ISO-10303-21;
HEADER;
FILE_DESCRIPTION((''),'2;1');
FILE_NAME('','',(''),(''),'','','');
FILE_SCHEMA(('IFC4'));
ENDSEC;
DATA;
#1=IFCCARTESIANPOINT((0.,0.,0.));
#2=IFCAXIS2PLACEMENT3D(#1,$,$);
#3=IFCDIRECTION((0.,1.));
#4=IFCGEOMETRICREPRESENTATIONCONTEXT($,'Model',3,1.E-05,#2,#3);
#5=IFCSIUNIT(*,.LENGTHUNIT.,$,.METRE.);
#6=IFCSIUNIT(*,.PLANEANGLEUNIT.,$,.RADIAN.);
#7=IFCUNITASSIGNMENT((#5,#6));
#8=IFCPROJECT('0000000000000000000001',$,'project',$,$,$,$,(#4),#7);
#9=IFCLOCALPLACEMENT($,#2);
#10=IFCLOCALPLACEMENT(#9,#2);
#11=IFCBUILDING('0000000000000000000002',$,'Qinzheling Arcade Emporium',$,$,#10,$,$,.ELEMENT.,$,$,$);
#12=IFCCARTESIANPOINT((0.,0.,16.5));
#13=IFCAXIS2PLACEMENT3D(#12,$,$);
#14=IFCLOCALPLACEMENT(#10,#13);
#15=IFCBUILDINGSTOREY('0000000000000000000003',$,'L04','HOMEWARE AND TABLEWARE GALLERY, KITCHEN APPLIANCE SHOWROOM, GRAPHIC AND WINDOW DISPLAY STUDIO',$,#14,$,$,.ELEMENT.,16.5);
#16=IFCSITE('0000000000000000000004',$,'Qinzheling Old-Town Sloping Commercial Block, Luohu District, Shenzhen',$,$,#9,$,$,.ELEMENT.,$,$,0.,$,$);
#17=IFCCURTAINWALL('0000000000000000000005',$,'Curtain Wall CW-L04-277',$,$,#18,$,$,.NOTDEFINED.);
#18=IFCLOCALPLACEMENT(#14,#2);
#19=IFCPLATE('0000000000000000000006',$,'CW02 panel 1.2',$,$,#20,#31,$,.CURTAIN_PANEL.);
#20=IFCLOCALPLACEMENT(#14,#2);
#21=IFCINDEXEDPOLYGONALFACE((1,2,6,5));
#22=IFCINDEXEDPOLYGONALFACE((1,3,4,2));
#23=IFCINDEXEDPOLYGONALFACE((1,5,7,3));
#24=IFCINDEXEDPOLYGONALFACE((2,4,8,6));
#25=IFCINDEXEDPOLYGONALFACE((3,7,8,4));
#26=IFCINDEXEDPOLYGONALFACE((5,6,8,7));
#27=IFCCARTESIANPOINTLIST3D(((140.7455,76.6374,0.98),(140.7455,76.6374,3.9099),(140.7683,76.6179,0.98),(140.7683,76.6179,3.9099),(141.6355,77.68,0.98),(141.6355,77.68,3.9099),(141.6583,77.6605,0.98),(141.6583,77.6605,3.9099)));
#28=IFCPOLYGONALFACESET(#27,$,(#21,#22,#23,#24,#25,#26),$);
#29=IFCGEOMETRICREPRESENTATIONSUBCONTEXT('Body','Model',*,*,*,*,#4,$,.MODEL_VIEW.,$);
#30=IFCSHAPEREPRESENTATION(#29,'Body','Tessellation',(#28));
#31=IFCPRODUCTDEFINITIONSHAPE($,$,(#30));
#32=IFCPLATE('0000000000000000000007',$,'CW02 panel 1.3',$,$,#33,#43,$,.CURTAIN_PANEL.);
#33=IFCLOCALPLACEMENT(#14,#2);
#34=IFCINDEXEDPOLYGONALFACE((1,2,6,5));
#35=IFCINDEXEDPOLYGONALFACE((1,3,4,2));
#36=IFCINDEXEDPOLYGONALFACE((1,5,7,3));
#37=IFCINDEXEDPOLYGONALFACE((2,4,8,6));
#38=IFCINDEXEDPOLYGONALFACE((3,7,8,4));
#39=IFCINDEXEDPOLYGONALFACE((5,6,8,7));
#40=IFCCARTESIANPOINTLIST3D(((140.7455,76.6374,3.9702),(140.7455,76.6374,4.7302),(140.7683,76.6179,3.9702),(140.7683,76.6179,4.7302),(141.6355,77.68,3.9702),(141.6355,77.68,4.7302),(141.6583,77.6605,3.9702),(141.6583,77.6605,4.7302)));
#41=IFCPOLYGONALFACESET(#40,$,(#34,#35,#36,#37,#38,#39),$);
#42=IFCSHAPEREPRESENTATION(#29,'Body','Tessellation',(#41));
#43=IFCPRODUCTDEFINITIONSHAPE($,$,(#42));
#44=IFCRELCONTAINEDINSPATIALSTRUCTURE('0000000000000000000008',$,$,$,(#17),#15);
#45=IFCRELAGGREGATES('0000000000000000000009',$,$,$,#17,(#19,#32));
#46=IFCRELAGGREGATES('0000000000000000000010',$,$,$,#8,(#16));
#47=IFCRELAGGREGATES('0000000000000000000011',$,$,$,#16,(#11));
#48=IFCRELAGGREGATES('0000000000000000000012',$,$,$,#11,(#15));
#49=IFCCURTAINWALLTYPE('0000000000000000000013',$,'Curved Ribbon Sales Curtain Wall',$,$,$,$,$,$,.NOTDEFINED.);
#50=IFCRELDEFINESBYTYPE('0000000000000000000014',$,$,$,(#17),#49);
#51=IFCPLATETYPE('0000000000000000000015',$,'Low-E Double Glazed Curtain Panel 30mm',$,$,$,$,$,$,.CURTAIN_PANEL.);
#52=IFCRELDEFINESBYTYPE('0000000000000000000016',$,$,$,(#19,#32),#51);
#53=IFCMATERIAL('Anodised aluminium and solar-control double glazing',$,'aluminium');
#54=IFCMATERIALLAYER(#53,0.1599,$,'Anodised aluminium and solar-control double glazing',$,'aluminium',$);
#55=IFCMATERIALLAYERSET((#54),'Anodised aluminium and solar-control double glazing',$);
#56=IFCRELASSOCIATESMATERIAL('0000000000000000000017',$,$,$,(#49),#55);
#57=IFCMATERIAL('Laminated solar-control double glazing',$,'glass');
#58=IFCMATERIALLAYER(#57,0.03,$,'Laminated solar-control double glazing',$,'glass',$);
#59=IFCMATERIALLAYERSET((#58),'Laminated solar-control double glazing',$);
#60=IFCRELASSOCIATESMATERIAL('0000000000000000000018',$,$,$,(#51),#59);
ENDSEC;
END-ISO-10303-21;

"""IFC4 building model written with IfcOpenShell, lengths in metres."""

from ifc_helpers import new_model, si_unit, direction, frame, origin, origin_2d, place, context, subcontext, project, spatial, rectangle, extrude, material, layer, layer_set, type_object, element, aggregate, save


model = new_model("IFC4")

# Units and contexts
model_context = context("Model", 3, precision=1e-05, world=origin(), true_north=direction((0.0, 1.0)))
body_context = subcontext(model_context, "Body", "Model", "MODEL_VIEW")
ifc_project = project(units=[si_unit("LENGTHUNIT", "METRE"), si_unit("PLANEANGLEUNIT", "RADIAN")], contexts=[model_context])

# Site, building, storey
site_placement = place(None, origin())
site = spatial("IfcSite", under=ifc_project, at=site_placement, Name="Qinzheling Old-Town Sloping Commercial Block, Luohu District, Shenzhen", CompositionType="ELEMENT", RefElevation=0.0)
building_placement = place(site_placement, origin())
building = spatial("IfcBuilding", under=site, at=building_placement, Name="Qinzheling Arcade Emporium", CompositionType="ELEMENT")
storey_placement = place(building_placement, frame((0.0, 0.0, 16.5)))
storey = spatial("IfcBuildingStorey", under=building, at=storey_placement, Name="L04", Description="HOMEWARE AND TABLEWARE GALLERY, KITCHEN APPLIANCE SHOWROOM, GRAPHIC AND WINDOW DISPLAY STUDIO", CompositionType="ELEMENT", Elevation=16.5)

# Shared definitions
ifc_material_1 = material(Name="Anodised aluminium and solar-control double glazing", Category="aluminium")
ifc_layer_1 = layer(ifc_material_1, 0.1599, Name="Anodised aluminium and solar-control double glazing", Category="aluminium")
ifc_layer_set_1 = layer_set([ifc_layer_1], Name="Anodised aluminium and solar-control double glazing")
curtain_wall_type = type_object("IfcCurtainWallType", Name="Curved Ribbon Sales Curtain Wall", PredefinedType="NOTDEFINED", material=ifc_layer_set_1)

# Curtain wall
curtain_wall_1_placement = place(storey_placement, origin())
curtain_wall_1 = element("IfcCurtainWall", 1, at=curtain_wall_1_placement, inside=storey, type_object=curtain_wall_type, Name="Curtain Wall CW-L04-277", PredefinedType="NOTDEFINED")

# Plates
ifc_material_2 = material(Name="Laminated solar-control double glazing", Category="glass")
ifc_layer_2 = layer(ifc_material_2, 0.03, Name="Laminated solar-control double glazing", Category="glass")
ifc_layer_set_2 = layer_set([ifc_layer_2], Name="Laminated solar-control double glazing")
plate_type_1 = type_object("IfcPlateType", Name="Low-E Double Glazed Curtain Panel 30mm", PredefinedType="CURTAIN_PANEL", material=ifc_layer_set_2)
plate_1_placement = place(storey_placement, frame((141.2019, 77.1489, 0.98), z_axis=(0.0, 0.0, 1.0), x_axis=(-0.649243, -0.760581, 0.0)))
plate_1 = element("IfcPlate", 2, at=plate_1_placement, type_object=plate_type_1, Name="CW02 panel 1.2", PredefinedType="CURTAIN_PANEL", context=body_context, shape_type="SweptSolid", body=[
    extrude(rectangle(XDim=1.3708, YDim=0.03, at=origin_2d()), origin(), (0.0, 0.0, 1.0), 2.9299),
])
plate_2_placement = place(storey_placement, frame((141.2019, 77.1489, 3.9702), z_axis=(0.0, 0.0, 1.0), x_axis=(-0.649243, -0.760581, 0.0)))
plate_2 = element("IfcPlate", 3, at=plate_2_placement, type_object=plate_type_1, Name="CW02 panel 1.3", PredefinedType="CURTAIN_PANEL", context=body_context, shape_type="SweptSolid", body=[
    extrude(rectangle(XDim=1.3708, YDim=0.03, at=origin_2d()), origin(), (0.0, 0.0, 1.0), 0.76),
])
aggregate(curtain_wall_1, [plate_1, plate_2])

save(model, "model.ifc")
